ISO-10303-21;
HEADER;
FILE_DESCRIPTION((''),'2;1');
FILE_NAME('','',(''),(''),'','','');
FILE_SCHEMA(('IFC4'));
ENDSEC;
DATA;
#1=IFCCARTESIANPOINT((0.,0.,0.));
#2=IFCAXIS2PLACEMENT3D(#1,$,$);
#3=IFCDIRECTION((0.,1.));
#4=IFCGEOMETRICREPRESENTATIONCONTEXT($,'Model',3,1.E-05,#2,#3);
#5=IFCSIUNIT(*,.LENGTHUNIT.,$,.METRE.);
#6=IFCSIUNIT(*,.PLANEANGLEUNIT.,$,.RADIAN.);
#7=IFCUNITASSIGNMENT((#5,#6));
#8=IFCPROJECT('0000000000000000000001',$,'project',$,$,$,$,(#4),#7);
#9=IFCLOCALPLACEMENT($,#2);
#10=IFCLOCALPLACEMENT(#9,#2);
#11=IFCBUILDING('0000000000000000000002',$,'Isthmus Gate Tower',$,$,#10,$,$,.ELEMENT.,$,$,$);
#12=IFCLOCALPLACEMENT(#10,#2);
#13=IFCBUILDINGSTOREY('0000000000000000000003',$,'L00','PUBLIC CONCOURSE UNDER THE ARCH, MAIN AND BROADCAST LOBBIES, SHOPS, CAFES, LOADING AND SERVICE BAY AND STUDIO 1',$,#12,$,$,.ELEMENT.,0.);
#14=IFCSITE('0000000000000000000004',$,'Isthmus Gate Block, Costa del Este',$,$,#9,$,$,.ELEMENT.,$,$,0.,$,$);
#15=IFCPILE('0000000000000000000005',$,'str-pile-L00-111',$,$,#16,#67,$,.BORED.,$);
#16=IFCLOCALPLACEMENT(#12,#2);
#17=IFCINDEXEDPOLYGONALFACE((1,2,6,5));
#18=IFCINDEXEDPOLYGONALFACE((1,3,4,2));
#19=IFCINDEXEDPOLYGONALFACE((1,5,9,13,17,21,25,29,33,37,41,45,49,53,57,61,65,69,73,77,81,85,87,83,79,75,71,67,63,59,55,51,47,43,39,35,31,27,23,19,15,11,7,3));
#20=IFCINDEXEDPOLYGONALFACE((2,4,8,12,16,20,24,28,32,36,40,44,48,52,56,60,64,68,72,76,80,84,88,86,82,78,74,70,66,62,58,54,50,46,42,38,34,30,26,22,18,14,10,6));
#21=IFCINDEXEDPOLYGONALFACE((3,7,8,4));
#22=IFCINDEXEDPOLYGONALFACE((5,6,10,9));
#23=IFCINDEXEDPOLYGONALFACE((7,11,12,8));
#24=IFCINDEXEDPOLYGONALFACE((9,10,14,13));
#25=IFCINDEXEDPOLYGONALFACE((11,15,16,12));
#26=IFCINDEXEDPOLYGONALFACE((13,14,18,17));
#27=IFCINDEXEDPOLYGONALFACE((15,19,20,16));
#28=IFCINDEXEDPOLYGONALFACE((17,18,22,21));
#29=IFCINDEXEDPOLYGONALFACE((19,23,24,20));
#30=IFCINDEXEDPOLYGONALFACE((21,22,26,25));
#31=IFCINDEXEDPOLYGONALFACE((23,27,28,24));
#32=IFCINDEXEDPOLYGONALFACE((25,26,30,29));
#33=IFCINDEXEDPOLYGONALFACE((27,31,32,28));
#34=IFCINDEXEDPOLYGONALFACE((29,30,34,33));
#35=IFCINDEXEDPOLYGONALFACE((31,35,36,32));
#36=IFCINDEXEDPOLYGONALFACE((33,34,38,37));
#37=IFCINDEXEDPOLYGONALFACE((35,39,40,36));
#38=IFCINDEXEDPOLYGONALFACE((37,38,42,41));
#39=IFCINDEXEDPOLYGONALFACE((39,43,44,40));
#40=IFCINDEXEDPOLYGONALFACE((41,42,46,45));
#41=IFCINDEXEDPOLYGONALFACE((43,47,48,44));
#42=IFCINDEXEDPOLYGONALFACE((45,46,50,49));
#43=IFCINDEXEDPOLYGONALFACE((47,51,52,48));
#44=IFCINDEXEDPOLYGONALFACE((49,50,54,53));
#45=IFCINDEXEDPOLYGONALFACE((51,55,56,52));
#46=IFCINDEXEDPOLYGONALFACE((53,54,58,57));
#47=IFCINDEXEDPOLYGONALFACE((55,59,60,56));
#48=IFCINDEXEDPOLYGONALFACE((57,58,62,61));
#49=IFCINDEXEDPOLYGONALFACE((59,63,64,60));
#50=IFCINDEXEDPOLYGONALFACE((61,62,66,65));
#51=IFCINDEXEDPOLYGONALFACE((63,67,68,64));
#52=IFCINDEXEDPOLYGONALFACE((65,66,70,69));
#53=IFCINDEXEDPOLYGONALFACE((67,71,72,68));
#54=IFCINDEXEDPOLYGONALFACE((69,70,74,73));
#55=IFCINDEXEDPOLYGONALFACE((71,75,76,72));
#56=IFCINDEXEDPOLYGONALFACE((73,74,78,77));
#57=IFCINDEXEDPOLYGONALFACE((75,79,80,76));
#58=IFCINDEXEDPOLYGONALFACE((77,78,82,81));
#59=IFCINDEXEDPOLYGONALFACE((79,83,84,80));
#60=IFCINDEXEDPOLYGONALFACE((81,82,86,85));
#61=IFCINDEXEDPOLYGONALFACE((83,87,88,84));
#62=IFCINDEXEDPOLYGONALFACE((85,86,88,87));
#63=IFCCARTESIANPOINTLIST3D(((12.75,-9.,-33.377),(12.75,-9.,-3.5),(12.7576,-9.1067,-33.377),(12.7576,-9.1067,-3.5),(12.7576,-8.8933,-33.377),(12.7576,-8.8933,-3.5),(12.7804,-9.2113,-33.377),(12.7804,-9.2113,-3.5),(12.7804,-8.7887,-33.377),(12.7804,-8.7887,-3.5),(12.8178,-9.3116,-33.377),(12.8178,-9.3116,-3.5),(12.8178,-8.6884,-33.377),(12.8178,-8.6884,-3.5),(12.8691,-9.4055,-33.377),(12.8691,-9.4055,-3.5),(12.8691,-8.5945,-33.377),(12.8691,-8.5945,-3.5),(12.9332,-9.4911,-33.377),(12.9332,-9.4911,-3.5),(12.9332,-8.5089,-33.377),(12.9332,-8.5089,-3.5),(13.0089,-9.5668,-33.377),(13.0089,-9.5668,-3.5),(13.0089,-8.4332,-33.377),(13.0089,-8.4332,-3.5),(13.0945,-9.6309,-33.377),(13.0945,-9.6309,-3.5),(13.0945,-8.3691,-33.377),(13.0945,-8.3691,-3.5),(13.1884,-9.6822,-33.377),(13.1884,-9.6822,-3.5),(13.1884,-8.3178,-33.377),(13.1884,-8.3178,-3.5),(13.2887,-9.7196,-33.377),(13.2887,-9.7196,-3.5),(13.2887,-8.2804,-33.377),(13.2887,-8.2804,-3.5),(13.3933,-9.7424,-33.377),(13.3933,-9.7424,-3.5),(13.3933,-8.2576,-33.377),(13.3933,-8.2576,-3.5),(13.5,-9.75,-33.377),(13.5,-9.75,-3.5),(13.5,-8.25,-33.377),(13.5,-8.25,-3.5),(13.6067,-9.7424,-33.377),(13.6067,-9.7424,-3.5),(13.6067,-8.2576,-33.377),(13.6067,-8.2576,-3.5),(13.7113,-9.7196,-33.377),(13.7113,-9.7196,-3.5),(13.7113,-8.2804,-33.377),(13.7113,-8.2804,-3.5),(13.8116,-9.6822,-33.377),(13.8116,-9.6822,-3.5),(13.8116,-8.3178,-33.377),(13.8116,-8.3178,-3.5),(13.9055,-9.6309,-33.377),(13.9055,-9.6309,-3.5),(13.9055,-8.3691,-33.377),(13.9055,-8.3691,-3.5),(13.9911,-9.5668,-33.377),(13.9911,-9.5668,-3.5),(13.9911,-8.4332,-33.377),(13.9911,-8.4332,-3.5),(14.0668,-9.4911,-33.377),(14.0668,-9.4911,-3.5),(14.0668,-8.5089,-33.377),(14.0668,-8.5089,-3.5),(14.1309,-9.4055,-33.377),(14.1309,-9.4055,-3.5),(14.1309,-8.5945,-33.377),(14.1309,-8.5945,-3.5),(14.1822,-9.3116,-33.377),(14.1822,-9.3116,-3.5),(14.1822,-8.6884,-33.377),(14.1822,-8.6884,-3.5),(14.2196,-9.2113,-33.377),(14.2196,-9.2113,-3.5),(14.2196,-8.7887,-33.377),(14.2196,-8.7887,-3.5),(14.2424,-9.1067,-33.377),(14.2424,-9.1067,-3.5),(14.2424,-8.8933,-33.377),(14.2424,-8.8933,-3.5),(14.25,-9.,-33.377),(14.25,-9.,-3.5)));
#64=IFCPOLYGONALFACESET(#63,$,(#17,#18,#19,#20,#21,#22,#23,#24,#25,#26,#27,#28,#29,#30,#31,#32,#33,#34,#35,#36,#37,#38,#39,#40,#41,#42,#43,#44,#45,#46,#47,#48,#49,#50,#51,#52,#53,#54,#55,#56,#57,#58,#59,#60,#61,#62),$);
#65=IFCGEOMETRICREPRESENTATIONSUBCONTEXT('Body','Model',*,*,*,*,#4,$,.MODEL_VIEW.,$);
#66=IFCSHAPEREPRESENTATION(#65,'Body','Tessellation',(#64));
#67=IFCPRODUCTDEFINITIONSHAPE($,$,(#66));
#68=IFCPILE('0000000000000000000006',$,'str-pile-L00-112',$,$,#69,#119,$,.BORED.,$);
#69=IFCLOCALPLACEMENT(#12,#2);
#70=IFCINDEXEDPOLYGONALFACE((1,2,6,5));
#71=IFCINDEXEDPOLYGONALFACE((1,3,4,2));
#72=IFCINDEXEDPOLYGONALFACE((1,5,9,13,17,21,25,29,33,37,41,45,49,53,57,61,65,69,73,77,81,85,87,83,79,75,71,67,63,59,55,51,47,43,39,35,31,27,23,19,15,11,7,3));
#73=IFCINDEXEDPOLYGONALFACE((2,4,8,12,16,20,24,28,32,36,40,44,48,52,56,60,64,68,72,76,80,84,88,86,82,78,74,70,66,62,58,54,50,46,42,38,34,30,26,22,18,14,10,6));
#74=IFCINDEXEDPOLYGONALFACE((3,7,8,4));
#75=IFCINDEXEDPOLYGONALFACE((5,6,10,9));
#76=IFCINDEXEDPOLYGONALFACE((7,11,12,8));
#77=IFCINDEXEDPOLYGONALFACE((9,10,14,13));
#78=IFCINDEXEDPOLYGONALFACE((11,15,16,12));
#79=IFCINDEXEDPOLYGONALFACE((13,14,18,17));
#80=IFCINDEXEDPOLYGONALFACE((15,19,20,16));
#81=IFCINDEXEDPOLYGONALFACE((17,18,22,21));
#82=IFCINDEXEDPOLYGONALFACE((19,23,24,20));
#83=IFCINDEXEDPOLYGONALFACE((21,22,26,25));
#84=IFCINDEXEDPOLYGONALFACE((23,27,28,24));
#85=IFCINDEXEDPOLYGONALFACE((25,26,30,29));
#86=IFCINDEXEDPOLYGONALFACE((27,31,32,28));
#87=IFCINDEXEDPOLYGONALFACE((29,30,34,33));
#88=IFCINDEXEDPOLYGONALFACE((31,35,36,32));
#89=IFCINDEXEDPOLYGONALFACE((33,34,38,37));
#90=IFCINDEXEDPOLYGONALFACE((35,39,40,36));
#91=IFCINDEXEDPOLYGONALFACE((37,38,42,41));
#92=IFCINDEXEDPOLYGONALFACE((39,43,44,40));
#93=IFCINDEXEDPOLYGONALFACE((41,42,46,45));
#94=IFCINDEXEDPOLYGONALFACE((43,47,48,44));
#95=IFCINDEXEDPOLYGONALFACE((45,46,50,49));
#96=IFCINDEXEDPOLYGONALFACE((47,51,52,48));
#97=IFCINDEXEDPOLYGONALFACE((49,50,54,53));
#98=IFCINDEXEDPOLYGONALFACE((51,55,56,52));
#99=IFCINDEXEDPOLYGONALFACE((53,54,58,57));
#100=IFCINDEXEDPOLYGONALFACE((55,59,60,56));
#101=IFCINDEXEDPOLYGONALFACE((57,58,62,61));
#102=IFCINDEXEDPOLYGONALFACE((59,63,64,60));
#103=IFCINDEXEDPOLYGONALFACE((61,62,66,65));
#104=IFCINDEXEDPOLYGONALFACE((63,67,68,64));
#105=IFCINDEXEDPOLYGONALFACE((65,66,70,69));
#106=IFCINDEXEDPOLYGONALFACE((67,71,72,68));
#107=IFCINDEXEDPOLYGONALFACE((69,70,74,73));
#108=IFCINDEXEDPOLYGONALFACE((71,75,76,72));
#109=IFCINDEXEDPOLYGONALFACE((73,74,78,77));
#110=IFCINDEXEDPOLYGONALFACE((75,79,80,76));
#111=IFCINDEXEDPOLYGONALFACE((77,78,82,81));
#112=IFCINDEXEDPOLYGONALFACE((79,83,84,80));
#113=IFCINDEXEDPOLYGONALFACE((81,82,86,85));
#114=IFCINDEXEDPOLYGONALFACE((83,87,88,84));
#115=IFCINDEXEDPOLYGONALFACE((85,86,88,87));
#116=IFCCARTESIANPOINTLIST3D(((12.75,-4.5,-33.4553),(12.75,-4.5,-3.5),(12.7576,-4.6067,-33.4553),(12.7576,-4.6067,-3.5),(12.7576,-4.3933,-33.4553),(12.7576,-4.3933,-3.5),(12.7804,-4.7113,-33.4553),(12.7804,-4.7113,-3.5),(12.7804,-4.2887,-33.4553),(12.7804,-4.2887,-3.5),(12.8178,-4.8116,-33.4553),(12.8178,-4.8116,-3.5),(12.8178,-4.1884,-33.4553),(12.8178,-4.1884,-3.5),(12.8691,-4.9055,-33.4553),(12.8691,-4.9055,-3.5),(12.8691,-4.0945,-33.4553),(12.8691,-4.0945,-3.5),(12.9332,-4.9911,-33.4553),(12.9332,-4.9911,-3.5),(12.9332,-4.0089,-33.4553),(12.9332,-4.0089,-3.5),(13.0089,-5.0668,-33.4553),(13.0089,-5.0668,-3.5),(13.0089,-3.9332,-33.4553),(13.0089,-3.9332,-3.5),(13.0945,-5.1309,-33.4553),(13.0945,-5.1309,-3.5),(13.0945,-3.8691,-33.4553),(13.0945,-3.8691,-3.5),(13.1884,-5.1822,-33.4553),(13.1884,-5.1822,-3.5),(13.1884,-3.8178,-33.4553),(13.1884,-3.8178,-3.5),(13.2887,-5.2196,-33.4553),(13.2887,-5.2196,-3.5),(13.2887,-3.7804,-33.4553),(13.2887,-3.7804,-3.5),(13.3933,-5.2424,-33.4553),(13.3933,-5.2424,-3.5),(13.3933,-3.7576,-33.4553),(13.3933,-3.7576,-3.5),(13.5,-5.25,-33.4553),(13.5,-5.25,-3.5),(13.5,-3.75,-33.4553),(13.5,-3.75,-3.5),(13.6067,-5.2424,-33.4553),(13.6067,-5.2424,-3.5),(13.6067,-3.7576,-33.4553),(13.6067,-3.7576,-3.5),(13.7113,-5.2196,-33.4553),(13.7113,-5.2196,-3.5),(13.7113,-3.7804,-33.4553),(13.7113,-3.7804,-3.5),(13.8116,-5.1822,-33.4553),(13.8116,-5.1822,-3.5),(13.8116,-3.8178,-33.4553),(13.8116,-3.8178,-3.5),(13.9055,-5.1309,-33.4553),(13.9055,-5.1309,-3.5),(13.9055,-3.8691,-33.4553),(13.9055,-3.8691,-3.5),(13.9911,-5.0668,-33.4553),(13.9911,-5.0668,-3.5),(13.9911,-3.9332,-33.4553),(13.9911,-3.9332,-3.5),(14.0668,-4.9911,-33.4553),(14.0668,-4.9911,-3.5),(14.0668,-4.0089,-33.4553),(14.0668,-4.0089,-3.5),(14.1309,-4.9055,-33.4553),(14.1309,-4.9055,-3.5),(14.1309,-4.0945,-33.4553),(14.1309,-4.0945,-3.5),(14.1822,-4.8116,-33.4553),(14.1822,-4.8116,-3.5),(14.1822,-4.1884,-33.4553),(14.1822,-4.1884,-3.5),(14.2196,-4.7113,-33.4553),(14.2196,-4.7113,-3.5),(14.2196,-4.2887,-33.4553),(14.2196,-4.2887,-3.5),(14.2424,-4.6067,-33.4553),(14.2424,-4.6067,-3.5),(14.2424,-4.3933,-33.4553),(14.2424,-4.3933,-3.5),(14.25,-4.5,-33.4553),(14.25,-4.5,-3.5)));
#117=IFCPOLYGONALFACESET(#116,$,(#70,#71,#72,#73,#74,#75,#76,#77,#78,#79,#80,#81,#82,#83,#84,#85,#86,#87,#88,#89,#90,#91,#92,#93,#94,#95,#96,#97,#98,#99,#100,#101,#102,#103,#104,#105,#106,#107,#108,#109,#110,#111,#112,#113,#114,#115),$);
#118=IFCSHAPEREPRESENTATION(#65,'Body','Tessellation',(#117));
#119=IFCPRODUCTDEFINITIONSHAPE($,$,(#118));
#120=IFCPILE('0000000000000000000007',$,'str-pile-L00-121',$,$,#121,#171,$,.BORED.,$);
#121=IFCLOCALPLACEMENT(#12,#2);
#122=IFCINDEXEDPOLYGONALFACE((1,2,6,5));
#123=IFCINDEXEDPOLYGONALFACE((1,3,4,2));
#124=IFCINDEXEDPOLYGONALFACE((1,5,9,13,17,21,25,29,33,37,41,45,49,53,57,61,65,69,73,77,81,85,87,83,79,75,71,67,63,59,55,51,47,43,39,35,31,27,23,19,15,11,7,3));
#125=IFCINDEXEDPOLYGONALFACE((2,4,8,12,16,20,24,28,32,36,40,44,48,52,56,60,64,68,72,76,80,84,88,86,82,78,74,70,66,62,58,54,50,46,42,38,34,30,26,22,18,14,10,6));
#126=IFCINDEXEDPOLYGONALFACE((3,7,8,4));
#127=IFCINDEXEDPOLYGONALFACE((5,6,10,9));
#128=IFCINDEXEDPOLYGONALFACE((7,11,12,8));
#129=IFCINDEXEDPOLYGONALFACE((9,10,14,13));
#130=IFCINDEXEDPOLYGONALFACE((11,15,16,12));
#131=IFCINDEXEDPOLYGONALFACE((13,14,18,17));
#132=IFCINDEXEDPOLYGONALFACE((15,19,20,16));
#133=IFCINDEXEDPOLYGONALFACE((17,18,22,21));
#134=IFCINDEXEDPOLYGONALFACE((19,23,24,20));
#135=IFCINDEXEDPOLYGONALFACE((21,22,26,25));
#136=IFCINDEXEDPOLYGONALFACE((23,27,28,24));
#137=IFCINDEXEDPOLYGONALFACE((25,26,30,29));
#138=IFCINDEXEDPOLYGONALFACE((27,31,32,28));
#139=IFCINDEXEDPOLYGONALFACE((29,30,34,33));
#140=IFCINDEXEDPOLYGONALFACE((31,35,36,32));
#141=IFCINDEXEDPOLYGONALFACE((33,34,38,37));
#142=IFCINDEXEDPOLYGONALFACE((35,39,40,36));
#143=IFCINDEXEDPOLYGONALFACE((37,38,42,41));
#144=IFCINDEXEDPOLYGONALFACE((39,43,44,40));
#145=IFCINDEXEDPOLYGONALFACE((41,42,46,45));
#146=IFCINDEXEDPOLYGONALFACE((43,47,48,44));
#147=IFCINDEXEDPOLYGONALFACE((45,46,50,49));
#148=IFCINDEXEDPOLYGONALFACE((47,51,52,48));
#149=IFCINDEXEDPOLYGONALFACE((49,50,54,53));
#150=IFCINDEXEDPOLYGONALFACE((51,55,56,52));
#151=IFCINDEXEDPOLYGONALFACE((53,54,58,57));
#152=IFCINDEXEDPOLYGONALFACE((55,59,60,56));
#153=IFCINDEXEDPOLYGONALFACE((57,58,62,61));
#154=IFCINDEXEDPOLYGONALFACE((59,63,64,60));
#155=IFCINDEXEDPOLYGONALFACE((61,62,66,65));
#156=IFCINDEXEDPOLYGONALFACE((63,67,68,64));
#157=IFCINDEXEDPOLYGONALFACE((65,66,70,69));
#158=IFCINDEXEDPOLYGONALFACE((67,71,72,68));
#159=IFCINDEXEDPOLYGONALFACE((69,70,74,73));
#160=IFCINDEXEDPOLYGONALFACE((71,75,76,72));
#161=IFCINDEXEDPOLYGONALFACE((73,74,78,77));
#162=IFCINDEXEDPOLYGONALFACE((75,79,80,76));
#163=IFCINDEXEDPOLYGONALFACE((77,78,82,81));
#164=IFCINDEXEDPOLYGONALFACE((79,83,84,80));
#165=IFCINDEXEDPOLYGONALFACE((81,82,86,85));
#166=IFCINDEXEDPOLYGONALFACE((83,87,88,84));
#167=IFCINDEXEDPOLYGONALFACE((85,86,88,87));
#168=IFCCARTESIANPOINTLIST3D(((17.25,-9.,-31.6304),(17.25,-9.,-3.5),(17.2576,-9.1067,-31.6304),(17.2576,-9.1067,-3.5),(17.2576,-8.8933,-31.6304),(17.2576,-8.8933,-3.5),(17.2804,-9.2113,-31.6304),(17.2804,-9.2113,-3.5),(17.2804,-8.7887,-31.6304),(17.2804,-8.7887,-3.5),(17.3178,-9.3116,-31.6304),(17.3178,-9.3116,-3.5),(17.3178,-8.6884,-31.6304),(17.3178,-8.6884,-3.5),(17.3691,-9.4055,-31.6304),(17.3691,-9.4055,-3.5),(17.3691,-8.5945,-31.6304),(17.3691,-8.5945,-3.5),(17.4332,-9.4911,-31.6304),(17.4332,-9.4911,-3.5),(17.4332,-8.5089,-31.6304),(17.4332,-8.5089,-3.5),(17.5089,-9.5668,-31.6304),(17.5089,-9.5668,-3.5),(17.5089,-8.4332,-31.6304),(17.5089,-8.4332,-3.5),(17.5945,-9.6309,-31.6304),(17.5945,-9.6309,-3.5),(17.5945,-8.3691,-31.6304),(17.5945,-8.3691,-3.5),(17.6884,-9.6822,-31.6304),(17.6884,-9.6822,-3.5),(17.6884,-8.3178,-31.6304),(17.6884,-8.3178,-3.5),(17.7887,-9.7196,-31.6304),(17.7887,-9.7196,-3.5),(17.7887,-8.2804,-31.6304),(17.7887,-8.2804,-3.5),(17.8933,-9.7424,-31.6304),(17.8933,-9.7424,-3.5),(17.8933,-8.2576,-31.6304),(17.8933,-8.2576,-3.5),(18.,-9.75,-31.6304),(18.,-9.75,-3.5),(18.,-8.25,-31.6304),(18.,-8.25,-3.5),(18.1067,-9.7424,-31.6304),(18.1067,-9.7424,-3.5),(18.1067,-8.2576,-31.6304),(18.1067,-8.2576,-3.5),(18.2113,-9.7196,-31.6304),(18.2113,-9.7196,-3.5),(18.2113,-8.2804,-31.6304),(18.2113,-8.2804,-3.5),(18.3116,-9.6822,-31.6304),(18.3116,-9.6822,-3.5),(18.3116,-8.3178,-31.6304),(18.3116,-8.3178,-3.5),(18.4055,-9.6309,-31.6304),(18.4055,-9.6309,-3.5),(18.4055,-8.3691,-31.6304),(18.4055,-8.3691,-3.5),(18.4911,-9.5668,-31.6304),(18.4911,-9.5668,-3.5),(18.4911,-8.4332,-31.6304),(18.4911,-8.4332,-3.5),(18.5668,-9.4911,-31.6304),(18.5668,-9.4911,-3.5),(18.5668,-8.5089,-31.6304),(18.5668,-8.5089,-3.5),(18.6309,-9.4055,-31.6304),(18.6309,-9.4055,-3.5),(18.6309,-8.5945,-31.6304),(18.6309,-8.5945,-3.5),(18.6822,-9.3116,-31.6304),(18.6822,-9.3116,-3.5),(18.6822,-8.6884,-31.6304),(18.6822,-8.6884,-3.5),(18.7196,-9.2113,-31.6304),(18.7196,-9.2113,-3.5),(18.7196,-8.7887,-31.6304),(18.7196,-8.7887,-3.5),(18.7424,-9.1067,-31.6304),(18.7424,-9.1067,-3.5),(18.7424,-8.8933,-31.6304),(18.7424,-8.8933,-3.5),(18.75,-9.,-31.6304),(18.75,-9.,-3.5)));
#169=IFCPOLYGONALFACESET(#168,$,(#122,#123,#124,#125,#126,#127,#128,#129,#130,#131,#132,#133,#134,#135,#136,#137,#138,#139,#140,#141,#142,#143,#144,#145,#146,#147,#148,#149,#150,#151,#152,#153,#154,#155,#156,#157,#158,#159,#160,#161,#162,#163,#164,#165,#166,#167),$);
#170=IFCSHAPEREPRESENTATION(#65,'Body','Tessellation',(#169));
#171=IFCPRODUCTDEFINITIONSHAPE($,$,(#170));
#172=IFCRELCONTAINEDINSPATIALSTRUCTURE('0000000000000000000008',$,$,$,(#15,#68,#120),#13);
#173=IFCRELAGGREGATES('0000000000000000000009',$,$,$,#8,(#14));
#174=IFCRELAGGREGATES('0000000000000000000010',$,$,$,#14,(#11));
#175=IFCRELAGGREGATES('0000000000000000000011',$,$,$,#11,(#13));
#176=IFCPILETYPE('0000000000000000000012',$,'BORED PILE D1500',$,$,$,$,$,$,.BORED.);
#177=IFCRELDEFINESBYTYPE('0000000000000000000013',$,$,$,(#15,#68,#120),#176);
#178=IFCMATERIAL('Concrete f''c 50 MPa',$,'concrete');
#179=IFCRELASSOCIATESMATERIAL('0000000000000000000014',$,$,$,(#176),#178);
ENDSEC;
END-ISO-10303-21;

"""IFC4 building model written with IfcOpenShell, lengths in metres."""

from ifc_helpers import new_model, si_unit, direction, frame, origin, origin_2d, place, context, subcontext, project, spatial, circle, extrude, material, material_profile, profile_set, type_object, element, save


model = new_model("IFC4")

# Units and contexts
model_context = context("Model", 3, precision=1e-05, world=origin(), true_north=direction((0.0, 1.0)))
body_context = subcontext(model_context, "Body", "Model", "MODEL_VIEW")
ifc_project = project(units=[si_unit("LENGTHUNIT", "METRE"), si_unit("PLANEANGLEUNIT", "RADIAN")], contexts=[model_context])

# Site, building, storey
site_placement = place(None, origin())
site = spatial("IfcSite", under=ifc_project, at=site_placement, Name="Isthmus Gate Block, Costa del Este", CompositionType="ELEMENT", RefElevation=0.0)
building_placement = place(site_placement, origin())
building = spatial("IfcBuilding", under=site, at=building_placement, Name="Isthmus Gate Tower", CompositionType="ELEMENT")
storey_placement = place(building_placement, origin())
storey = spatial("IfcBuildingStorey", under=building, at=storey_placement, Name="L00", Description="PUBLIC CONCOURSE UNDER THE ARCH, MAIN AND BROADCAST LOBBIES, SHOPS, CAFES, LOADING AND SERVICE BAY AND STUDIO 1", CompositionType="ELEMENT", Elevation=0.0)

# Piles
ifc_material_1 = material(Name="Concrete f'c 50 MPa", Category="concrete")
ifc_material_profile = material_profile(ifc_material_1, circle(Radius=0.75, at=origin_2d()), Name="D1500")
ifc_profile_set = profile_set([ifc_material_profile], Name="Concrete f'c 50 MPa")
pile_type = type_object("IfcPileType", Name="BORED PILE D1500", PredefinedType="BORED", material=ifc_profile_set)
pile_1_placement = place(storey_placement, frame((13.5, -9.0, -3.5), z_axis=(0.0, 0.0, -1.0), x_axis=(1.0, 0.0, 0.0)))
element("IfcPile", 1, at=pile_1_placement, inside=storey, type_object=pile_type, Name="str-pile-L00-111", PredefinedType="BORED", context=body_context, shape_type="SweptSolid", body=[
    extrude(circle(Radius=0.75, at=origin_2d()), origin(), (0.0, 0.0, 1.0), 29.877),
])
pile_2_placement = place(storey_placement, frame((13.5, -4.5, -3.5), z_axis=(0.0, 0.0, -1.0), x_axis=(1.0, 0.0, 0.0)))
element("IfcPile", 2, at=pile_2_placement, inside=storey, type_object=pile_type, Name="str-pile-L00-112", PredefinedType="BORED", context=body_context, shape_type="SweptSolid", body=[
    extrude(circle(Radius=0.75, at=origin_2d()), origin(), (0.0, 0.0, 1.0), 29.9553),
])
pile_3_placement = place(storey_placement, frame((18.0, -9.0, -3.5), z_axis=(0.0, 0.0, -1.0), x_axis=(1.0, 0.0, 0.0)))
element("IfcPile", 3, at=pile_3_placement, inside=storey, type_object=pile_type, Name="str-pile-L00-121", PredefinedType="BORED", context=body_context, shape_type="SweptSolid", body=[
    extrude(circle(Radius=0.75, at=origin_2d()), origin(), (0.0, 0.0, 1.0), 28.1304),
])

save(model, "model.ifc")
